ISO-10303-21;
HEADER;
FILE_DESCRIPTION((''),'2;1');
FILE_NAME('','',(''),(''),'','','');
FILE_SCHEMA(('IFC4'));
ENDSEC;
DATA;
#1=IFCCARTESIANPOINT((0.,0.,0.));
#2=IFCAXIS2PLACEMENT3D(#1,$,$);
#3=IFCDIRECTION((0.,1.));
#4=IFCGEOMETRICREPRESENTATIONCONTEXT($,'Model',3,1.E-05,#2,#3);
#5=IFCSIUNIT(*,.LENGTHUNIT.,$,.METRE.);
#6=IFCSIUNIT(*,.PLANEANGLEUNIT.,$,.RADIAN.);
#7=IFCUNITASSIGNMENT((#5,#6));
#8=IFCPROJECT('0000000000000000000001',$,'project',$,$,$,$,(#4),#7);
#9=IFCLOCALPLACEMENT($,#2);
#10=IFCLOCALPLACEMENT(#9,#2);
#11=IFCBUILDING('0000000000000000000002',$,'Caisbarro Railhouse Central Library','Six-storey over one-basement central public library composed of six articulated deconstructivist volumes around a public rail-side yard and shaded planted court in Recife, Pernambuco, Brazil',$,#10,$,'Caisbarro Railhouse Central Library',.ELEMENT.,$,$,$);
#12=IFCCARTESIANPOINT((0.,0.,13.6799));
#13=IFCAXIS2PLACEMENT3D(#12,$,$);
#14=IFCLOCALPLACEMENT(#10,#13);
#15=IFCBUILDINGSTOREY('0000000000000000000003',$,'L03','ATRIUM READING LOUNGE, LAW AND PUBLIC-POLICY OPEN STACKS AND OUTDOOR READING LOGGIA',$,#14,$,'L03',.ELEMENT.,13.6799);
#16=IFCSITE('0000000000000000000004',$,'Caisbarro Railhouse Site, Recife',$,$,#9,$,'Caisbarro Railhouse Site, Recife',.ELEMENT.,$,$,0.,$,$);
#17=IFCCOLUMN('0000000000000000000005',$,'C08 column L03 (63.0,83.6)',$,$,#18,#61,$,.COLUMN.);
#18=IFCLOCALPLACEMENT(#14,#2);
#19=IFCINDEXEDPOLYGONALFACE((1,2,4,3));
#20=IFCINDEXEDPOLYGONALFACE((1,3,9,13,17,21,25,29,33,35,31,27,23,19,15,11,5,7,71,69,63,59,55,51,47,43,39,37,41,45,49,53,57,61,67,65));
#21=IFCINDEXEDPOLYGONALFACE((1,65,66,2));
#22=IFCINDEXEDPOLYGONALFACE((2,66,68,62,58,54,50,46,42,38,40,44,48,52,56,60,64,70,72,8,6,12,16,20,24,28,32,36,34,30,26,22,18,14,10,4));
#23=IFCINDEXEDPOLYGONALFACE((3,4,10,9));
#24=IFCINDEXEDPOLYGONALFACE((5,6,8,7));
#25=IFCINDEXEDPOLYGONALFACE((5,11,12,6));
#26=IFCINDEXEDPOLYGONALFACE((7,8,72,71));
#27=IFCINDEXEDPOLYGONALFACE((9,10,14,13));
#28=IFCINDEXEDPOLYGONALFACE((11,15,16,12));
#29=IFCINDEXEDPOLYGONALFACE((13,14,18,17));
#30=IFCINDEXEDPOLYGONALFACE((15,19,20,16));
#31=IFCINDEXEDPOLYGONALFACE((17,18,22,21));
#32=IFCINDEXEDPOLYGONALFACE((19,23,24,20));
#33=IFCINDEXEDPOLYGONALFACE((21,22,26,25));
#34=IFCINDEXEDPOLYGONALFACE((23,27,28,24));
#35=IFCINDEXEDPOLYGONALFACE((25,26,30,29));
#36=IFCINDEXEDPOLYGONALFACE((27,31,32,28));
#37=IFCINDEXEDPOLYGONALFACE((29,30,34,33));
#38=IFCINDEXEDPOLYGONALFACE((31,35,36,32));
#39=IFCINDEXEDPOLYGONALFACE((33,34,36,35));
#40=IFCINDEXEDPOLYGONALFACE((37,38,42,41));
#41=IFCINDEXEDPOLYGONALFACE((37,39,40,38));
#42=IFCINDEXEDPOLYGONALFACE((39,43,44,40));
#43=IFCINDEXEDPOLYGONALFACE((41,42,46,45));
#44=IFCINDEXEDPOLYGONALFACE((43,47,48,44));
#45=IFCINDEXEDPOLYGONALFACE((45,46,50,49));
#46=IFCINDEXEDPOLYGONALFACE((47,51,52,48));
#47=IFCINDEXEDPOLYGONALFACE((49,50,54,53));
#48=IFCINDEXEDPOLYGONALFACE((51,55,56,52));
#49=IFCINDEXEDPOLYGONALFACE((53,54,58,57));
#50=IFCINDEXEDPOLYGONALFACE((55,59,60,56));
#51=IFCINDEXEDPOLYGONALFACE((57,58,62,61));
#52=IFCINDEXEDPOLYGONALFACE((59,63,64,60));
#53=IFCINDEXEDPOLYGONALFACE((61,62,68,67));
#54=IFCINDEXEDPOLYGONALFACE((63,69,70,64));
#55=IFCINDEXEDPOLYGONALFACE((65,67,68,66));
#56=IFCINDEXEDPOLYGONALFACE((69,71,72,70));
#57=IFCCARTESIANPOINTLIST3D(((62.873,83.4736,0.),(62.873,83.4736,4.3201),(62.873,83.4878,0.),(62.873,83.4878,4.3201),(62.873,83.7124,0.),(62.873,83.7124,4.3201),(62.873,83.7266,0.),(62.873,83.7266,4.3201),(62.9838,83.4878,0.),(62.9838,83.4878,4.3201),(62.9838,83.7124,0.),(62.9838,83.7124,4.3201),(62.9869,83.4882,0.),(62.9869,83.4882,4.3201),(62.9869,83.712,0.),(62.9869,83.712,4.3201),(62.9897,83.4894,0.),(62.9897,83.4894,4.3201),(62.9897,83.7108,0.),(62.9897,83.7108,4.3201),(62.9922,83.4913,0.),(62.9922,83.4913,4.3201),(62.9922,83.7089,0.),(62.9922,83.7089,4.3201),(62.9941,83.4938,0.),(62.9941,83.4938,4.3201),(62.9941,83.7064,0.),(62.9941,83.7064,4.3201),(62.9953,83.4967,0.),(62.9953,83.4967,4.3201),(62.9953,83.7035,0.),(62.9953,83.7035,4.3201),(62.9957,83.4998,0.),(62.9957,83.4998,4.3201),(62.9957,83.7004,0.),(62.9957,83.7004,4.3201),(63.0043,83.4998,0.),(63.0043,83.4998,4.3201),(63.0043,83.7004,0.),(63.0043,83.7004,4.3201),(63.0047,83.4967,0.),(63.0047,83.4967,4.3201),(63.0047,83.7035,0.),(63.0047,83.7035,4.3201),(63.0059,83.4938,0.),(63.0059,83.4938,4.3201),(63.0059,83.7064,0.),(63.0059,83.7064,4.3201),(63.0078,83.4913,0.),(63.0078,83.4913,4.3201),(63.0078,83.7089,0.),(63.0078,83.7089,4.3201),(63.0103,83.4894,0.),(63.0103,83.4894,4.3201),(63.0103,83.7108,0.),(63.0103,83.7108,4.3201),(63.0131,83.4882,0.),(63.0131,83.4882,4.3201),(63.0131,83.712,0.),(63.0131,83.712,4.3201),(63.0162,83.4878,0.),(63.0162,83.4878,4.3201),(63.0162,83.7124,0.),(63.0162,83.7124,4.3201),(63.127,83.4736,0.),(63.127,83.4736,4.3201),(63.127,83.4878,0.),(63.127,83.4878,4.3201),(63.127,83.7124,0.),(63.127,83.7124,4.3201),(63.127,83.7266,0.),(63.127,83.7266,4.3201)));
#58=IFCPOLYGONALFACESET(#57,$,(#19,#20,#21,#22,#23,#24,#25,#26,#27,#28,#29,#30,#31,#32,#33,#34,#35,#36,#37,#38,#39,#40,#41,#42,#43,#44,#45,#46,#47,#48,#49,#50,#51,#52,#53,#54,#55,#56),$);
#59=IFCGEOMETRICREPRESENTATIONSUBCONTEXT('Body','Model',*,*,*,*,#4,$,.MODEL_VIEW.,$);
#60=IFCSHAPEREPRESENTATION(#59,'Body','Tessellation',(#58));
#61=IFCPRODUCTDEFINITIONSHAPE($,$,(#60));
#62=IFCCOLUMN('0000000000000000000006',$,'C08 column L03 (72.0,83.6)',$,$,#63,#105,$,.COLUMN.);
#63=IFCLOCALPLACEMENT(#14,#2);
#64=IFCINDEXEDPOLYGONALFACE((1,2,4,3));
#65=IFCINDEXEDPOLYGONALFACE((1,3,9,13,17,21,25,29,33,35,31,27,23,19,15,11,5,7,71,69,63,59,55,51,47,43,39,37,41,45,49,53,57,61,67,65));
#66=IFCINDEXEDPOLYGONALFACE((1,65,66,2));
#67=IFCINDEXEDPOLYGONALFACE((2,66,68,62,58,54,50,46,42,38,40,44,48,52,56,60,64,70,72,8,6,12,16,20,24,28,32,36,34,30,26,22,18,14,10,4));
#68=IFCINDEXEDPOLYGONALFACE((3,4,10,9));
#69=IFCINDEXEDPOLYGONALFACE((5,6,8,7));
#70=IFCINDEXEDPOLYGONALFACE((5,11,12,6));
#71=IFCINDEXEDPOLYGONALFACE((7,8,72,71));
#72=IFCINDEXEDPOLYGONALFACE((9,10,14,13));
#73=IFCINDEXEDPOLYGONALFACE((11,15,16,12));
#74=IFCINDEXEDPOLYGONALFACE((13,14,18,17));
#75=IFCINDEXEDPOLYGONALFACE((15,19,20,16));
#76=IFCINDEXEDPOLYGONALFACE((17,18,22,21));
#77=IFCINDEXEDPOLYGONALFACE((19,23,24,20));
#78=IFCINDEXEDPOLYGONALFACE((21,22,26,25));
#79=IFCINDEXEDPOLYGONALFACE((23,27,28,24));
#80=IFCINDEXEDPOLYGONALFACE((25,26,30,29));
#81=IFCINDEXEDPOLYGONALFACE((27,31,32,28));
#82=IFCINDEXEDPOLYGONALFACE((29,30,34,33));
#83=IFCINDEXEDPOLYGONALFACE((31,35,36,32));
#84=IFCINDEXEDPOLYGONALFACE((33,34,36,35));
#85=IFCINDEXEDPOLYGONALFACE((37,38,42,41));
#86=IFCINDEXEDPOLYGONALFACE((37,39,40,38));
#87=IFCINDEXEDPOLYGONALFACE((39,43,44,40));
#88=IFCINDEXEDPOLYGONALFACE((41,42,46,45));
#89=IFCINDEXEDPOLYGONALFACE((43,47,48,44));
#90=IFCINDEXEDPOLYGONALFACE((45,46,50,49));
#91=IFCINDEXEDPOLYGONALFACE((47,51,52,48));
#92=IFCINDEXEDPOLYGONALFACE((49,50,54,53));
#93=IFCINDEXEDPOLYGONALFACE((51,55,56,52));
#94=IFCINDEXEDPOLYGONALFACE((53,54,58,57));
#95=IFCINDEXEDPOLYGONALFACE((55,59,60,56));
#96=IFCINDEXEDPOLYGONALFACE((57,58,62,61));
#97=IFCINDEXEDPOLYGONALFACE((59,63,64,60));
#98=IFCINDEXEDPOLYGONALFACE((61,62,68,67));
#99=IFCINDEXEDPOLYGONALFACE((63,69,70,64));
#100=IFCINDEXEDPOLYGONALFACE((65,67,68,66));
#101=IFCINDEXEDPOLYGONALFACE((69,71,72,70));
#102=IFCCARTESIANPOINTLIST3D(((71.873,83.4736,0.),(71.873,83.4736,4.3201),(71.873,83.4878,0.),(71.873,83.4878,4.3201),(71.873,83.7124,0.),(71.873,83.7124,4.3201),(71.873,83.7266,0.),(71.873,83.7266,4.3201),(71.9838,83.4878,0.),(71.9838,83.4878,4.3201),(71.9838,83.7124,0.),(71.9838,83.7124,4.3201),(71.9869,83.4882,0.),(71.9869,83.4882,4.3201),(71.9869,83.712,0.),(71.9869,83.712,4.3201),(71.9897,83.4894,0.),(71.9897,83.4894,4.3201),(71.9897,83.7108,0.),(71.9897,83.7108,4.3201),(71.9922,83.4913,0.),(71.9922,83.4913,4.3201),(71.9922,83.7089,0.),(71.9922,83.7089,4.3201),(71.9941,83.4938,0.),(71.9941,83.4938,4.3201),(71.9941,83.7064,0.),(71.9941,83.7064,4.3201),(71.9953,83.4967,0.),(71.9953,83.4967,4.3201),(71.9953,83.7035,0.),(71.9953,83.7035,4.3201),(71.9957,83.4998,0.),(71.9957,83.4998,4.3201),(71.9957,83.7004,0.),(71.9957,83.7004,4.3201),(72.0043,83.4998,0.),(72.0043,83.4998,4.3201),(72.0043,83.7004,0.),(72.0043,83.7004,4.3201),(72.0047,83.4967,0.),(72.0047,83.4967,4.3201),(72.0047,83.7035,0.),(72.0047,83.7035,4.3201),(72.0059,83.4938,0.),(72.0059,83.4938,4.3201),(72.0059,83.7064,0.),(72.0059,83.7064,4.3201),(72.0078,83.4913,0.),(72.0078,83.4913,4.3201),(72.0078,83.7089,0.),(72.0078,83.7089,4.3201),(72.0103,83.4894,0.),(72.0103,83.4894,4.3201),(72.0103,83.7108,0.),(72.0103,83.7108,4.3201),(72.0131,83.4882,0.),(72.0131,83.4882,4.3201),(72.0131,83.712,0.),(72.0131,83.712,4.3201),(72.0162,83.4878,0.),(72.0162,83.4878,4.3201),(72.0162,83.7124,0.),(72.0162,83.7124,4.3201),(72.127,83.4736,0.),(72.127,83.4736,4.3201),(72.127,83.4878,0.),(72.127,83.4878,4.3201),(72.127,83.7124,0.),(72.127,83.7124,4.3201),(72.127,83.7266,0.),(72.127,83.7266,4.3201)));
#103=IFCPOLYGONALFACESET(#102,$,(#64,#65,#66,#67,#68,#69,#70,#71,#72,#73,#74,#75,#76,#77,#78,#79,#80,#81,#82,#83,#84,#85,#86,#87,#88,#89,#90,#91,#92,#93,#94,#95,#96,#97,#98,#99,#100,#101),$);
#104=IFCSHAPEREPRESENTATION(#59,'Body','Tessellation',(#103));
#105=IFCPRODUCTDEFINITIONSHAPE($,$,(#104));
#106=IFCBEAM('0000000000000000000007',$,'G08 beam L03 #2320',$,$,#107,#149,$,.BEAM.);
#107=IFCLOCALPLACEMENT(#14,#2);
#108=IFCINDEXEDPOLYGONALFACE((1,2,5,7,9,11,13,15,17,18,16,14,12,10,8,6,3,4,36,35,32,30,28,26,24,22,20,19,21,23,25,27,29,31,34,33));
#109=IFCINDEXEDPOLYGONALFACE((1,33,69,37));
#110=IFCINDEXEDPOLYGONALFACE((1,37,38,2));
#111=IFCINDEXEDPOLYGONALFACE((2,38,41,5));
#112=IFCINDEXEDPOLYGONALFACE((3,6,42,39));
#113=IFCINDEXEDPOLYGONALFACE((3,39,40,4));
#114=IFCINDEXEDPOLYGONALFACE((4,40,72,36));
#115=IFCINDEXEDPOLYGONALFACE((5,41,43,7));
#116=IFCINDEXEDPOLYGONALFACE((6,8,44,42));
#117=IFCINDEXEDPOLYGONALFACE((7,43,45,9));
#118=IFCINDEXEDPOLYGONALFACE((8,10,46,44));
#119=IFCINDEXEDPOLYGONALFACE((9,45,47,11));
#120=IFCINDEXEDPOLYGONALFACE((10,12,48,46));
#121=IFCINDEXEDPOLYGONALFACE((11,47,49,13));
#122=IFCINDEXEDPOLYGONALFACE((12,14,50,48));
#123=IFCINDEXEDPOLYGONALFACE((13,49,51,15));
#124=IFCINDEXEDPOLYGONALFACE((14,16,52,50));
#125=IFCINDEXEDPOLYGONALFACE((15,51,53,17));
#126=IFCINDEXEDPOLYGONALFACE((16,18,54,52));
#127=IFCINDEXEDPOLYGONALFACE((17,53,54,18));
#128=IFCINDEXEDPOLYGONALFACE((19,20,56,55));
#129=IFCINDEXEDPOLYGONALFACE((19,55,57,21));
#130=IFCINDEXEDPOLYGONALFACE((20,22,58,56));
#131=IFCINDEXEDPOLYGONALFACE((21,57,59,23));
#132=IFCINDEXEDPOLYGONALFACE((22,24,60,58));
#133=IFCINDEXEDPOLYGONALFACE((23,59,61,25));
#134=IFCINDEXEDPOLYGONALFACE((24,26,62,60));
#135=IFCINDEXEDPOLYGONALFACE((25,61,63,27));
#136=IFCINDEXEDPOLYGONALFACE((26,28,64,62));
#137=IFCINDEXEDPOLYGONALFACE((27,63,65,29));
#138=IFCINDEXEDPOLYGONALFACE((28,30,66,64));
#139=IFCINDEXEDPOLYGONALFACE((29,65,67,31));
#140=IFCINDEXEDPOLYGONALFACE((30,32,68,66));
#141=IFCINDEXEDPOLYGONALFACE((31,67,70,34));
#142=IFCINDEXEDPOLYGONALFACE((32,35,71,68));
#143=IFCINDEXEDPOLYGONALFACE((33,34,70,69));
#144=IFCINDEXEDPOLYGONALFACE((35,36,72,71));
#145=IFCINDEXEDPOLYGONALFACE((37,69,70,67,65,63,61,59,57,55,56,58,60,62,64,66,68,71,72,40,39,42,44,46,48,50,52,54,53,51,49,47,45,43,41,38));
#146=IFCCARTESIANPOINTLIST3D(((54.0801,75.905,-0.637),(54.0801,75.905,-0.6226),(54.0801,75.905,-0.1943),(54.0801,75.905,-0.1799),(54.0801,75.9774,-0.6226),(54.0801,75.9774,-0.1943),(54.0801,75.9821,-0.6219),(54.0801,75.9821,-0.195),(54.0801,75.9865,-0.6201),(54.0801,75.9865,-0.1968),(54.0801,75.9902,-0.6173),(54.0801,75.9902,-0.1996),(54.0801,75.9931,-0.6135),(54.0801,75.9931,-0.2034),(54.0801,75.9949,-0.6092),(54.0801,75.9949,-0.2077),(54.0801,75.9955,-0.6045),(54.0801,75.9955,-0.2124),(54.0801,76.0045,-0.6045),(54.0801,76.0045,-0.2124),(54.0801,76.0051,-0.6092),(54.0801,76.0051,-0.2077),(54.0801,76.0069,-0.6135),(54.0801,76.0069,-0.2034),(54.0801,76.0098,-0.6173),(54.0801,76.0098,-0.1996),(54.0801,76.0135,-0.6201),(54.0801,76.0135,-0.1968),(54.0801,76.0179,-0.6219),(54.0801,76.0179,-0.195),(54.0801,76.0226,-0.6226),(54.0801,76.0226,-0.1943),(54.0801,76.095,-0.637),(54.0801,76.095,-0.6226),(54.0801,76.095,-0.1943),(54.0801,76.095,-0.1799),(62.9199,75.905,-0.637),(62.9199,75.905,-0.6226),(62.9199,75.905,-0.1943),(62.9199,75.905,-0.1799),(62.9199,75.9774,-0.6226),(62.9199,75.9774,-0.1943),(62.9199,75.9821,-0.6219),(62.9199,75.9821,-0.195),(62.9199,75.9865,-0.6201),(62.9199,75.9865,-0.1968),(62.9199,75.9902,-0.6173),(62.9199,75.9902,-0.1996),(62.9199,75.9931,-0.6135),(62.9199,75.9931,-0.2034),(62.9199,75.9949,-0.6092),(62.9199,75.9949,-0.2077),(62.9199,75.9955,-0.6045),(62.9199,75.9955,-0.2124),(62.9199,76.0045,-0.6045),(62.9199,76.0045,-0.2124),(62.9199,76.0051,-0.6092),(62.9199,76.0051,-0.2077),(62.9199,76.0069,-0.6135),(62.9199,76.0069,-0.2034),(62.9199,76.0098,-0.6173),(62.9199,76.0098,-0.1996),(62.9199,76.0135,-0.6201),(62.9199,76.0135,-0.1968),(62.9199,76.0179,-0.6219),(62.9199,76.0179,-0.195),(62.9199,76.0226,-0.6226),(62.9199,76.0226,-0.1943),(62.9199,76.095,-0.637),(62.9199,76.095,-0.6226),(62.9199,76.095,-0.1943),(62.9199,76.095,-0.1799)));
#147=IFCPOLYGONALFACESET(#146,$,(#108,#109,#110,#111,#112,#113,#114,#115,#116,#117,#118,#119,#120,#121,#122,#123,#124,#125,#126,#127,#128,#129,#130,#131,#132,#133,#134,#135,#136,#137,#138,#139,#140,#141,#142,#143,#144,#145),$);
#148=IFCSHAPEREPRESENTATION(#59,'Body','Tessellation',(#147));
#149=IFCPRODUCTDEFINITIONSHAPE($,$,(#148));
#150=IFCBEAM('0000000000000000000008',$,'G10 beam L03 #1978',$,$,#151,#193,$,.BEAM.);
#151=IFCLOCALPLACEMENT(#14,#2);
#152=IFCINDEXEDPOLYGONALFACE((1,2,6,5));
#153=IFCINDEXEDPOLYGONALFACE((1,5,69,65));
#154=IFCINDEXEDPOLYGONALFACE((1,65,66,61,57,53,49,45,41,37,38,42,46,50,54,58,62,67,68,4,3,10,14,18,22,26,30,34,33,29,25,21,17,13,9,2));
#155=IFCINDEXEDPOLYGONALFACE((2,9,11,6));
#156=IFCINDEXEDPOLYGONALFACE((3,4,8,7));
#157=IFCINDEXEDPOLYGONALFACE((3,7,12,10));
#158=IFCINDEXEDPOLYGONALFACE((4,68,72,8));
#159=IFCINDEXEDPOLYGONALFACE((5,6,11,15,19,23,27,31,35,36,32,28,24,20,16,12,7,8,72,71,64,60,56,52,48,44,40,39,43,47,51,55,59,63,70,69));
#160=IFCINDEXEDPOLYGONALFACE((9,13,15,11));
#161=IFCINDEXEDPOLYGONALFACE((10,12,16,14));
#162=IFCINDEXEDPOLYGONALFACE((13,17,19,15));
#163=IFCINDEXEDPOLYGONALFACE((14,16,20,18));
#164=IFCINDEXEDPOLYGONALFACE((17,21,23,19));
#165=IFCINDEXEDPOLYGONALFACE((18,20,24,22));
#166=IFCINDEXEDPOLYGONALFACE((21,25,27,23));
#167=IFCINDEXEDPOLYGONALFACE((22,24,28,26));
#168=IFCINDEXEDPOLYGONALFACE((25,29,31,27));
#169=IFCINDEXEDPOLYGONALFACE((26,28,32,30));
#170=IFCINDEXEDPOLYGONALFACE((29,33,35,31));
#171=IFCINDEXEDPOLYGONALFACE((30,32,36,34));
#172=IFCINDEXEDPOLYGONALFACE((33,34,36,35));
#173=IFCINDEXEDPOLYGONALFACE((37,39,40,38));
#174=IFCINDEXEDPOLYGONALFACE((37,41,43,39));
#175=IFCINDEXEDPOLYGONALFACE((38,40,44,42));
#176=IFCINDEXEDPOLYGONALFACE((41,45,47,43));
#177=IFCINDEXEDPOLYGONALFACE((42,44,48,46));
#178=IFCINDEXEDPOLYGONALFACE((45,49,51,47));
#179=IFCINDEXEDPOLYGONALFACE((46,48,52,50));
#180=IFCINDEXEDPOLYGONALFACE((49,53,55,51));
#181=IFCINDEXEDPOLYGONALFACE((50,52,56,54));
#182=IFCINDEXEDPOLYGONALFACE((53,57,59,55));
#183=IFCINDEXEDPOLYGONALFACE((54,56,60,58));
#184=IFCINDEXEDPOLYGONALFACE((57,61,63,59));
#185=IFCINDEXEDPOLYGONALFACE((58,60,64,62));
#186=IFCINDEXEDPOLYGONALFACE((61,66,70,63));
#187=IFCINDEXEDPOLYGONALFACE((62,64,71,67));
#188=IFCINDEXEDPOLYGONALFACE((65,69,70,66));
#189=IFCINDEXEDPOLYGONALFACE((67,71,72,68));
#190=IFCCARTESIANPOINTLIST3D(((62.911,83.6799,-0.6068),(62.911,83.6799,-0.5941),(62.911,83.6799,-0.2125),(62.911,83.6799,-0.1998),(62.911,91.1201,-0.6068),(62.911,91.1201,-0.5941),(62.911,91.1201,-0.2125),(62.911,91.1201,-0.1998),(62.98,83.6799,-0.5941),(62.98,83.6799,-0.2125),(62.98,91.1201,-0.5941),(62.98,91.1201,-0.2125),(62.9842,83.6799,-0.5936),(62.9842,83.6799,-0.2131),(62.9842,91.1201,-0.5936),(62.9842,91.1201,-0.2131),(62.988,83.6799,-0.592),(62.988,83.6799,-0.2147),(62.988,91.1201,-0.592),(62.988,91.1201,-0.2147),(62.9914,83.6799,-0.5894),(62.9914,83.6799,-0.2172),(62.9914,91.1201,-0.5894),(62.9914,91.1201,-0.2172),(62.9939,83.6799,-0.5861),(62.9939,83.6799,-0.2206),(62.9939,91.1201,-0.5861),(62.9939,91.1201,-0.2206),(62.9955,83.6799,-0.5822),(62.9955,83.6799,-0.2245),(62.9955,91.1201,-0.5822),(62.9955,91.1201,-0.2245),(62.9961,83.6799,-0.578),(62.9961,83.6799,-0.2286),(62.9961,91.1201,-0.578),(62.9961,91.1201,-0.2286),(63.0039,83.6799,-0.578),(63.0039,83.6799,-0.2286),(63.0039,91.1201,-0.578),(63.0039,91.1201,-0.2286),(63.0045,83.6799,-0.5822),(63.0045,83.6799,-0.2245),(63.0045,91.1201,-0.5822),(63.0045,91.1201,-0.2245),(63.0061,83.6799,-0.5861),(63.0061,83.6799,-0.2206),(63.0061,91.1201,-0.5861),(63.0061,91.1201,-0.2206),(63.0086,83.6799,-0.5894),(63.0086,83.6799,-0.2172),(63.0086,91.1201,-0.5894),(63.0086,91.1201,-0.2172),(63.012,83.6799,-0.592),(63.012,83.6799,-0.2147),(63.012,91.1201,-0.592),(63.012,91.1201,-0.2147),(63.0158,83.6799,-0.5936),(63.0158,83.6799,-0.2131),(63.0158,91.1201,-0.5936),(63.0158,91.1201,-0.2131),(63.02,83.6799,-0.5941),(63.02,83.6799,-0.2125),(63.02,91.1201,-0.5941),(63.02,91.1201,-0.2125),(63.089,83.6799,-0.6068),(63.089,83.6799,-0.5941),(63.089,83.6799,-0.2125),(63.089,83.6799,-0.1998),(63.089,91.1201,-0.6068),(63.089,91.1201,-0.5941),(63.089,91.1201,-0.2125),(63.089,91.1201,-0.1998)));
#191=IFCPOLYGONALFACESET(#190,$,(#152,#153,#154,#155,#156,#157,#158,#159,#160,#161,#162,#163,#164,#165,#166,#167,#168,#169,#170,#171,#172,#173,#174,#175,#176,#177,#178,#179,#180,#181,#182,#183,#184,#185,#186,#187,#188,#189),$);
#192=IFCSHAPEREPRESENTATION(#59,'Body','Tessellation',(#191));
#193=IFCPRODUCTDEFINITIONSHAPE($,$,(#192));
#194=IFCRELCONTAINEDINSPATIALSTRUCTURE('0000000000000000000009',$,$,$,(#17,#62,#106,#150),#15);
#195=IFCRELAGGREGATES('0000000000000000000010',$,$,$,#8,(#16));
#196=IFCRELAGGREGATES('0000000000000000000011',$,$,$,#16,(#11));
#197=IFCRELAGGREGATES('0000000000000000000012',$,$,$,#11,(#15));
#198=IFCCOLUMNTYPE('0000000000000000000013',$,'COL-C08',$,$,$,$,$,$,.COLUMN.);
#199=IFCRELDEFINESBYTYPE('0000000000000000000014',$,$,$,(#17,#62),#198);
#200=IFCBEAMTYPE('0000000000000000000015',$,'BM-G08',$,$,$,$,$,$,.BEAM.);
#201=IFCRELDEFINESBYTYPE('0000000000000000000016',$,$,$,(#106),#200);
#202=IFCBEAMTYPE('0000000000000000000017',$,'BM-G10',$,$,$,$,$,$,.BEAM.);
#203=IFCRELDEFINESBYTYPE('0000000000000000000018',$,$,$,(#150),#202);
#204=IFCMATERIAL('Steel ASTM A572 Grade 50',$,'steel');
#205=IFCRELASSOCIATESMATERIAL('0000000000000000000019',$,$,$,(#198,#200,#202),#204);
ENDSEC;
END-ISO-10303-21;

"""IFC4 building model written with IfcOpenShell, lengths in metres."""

from ifc_helpers import new_model, si_unit, direction, frame, origin, origin_2d, place, context, subcontext, project, spatial, i_section, extrude, material, material_profile, profile_set, type_object, element, save


model = new_model("IFC4")

# Units and contexts
model_context = context("Model", 3, precision=1e-05, world=origin(), true_north=direction((0.0, 1.0)))
body_context = subcontext(model_context, "Body", "Model", "MODEL_VIEW")
ifc_project = project(units=[si_unit("LENGTHUNIT", "METRE"), si_unit("PLANEANGLEUNIT", "RADIAN")], contexts=[model_context])

# Site, building, storey
site_placement = place(None, origin())
site = spatial("IfcSite", under=ifc_project, at=site_placement, Name="Caisbarro Railhouse Site, Recife", LongName="Caisbarro Railhouse Site, Recife", CompositionType="ELEMENT", RefElevation=0.0)
building_placement = place(site_placement, origin())
building = spatial("IfcBuilding", under=site, at=building_placement, Name="Caisbarro Railhouse Central Library", Description="Six-storey over one-basement central public library composed of six articulated deconstructivist volumes around a public rail-side yard and shaded planted court in Recife, Pernambuco, Brazil", LongName="Caisbarro Railhouse Central Library", CompositionType="ELEMENT")
storey_placement = place(building_placement, frame((0.0, 0.0, 13.6799)))
storey = spatial("IfcBuildingStorey", under=building, at=storey_placement, Name="L03", Description="ATRIUM READING LOUNGE, LAW AND PUBLIC-POLICY OPEN STACKS AND OUTDOOR READING LOGGIA", LongName="L03", CompositionType="ELEMENT", Elevation=13.6799)

# Columns
ifc_material_1 = material(Name="Steel ASTM A572 Grade 50", Category="steel")
ifc_material_profile_1 = material_profile(ifc_material_1, i_section(OverallWidth=0.2539, OverallDepth=0.2529, WebThickness=0.0085, FlangeThickness=0.0142, FilletRadius=0.012, at=origin_2d()), Name="W250X73.0")
ifc_profile_set_1 = profile_set([ifc_material_profile_1], Name="Steel ASTM A572 Grade 50")
column_type = type_object("IfcColumnType", Name="COL-C08", PredefinedType="COLUMN", material=ifc_profile_set_1)
for number, where, z_axis, x_axis, name in (
    (1, (63.0, 83.6001, 0.0), (0.0, 0.0, 1.0), (1.0, 0.0, 0.0), "C08 column L03 (63.0,83.6)"),
    (2, (72.0, 83.6001, 0.0), (0.0, 0.0, 1.0), (1.0, 0.0, 0.0), "C08 column L03 (72.0,83.6)"),
):
    element("IfcColumn", number, at=place(storey_placement, frame(where, z_axis=z_axis, x_axis=x_axis)), inside=storey, type_object=column_type, Name=name, PredefinedType="COLUMN", context=body_context, shape_type="SweptSolid", body=[
        extrude(i_section(OverallWidth=0.2539, OverallDepth=0.2529, WebThickness=0.0085, FlangeThickness=0.0142, FilletRadius=0.012, at=origin_2d()), origin(), (0.0, 0.0, 1.0), 4.3201),
    ])

# Beams
ifc_material_profile_2 = material_profile(ifc_material_1, i_section(OverallWidth=0.1899, OverallDepth=0.457, WebThickness=0.009, FlangeThickness=0.0144, FilletRadius=0.0181, at=origin_2d()), Name="W460X74.0")
ifc_profile_set_2 = profile_set([ifc_material_profile_2], Name="Steel ASTM A572 Grade 50")
beam_type_1 = type_object("IfcBeamType", Name="BM-G08", PredefinedType="BEAM", material=ifc_profile_set_2)
beam_1_placement = place(storey_placement, frame((54.0801, 76.0, -0.4084), z_axis=(1.0, 0.0, 0.0), x_axis=(0.0, 1.0, 0.0)))
element("IfcBeam", 3, at=beam_1_placement, inside=storey, type_object=beam_type_1, Name="G08 beam L03 #2320", PredefinedType="BEAM", context=body_context, shape_type="SweptSolid", body=[
    extrude(i_section(OverallWidth=0.1899, OverallDepth=0.457, WebThickness=0.009, FlangeThickness=0.0144, FilletRadius=0.0181, at=origin_2d()), origin(), (0.0, 0.0, 1.0), 8.8398),
])
ifc_material_profile_3 = material_profile(ifc_material_1, i_section(OverallWidth=0.178, OverallDepth=0.407, WebThickness=0.0078, FlangeThickness=0.0127, FilletRadius=0.0161, at=origin_2d()), Name="W410X60.0")
ifc_profile_set_3 = profile_set([ifc_material_profile_3], Name="Steel ASTM A572 Grade 50")
beam_type_2 = type_object("IfcBeamType", Name="BM-G10", PredefinedType="BEAM", material=ifc_profile_set_3)
for number, where, z_axis, x_axis, name in (
    (4, (63.0, 83.6799, -0.4033), (0.0, 1.0, 0.0), (-1.0, 0.0, 0.0), "G10 beam L03 #1978"),
):
    element("IfcBeam", number, at=place(storey_placement, frame(where, z_axis=z_axis, x_axis=x_axis)), inside=storey, type_object=beam_type_2, Name=name, PredefinedType="BEAM", context=body_context, shape_type="SweptSolid", body=[
        extrude(i_section(OverallWidth=0.178, OverallDepth=0.407, WebThickness=0.0078, FlangeThickness=0.0127, FilletRadius=0.0161, at=origin_2d()), origin(), (0.0, 0.0, 1.0), 7.4402),
    ])

save(model, "model.ifc")
